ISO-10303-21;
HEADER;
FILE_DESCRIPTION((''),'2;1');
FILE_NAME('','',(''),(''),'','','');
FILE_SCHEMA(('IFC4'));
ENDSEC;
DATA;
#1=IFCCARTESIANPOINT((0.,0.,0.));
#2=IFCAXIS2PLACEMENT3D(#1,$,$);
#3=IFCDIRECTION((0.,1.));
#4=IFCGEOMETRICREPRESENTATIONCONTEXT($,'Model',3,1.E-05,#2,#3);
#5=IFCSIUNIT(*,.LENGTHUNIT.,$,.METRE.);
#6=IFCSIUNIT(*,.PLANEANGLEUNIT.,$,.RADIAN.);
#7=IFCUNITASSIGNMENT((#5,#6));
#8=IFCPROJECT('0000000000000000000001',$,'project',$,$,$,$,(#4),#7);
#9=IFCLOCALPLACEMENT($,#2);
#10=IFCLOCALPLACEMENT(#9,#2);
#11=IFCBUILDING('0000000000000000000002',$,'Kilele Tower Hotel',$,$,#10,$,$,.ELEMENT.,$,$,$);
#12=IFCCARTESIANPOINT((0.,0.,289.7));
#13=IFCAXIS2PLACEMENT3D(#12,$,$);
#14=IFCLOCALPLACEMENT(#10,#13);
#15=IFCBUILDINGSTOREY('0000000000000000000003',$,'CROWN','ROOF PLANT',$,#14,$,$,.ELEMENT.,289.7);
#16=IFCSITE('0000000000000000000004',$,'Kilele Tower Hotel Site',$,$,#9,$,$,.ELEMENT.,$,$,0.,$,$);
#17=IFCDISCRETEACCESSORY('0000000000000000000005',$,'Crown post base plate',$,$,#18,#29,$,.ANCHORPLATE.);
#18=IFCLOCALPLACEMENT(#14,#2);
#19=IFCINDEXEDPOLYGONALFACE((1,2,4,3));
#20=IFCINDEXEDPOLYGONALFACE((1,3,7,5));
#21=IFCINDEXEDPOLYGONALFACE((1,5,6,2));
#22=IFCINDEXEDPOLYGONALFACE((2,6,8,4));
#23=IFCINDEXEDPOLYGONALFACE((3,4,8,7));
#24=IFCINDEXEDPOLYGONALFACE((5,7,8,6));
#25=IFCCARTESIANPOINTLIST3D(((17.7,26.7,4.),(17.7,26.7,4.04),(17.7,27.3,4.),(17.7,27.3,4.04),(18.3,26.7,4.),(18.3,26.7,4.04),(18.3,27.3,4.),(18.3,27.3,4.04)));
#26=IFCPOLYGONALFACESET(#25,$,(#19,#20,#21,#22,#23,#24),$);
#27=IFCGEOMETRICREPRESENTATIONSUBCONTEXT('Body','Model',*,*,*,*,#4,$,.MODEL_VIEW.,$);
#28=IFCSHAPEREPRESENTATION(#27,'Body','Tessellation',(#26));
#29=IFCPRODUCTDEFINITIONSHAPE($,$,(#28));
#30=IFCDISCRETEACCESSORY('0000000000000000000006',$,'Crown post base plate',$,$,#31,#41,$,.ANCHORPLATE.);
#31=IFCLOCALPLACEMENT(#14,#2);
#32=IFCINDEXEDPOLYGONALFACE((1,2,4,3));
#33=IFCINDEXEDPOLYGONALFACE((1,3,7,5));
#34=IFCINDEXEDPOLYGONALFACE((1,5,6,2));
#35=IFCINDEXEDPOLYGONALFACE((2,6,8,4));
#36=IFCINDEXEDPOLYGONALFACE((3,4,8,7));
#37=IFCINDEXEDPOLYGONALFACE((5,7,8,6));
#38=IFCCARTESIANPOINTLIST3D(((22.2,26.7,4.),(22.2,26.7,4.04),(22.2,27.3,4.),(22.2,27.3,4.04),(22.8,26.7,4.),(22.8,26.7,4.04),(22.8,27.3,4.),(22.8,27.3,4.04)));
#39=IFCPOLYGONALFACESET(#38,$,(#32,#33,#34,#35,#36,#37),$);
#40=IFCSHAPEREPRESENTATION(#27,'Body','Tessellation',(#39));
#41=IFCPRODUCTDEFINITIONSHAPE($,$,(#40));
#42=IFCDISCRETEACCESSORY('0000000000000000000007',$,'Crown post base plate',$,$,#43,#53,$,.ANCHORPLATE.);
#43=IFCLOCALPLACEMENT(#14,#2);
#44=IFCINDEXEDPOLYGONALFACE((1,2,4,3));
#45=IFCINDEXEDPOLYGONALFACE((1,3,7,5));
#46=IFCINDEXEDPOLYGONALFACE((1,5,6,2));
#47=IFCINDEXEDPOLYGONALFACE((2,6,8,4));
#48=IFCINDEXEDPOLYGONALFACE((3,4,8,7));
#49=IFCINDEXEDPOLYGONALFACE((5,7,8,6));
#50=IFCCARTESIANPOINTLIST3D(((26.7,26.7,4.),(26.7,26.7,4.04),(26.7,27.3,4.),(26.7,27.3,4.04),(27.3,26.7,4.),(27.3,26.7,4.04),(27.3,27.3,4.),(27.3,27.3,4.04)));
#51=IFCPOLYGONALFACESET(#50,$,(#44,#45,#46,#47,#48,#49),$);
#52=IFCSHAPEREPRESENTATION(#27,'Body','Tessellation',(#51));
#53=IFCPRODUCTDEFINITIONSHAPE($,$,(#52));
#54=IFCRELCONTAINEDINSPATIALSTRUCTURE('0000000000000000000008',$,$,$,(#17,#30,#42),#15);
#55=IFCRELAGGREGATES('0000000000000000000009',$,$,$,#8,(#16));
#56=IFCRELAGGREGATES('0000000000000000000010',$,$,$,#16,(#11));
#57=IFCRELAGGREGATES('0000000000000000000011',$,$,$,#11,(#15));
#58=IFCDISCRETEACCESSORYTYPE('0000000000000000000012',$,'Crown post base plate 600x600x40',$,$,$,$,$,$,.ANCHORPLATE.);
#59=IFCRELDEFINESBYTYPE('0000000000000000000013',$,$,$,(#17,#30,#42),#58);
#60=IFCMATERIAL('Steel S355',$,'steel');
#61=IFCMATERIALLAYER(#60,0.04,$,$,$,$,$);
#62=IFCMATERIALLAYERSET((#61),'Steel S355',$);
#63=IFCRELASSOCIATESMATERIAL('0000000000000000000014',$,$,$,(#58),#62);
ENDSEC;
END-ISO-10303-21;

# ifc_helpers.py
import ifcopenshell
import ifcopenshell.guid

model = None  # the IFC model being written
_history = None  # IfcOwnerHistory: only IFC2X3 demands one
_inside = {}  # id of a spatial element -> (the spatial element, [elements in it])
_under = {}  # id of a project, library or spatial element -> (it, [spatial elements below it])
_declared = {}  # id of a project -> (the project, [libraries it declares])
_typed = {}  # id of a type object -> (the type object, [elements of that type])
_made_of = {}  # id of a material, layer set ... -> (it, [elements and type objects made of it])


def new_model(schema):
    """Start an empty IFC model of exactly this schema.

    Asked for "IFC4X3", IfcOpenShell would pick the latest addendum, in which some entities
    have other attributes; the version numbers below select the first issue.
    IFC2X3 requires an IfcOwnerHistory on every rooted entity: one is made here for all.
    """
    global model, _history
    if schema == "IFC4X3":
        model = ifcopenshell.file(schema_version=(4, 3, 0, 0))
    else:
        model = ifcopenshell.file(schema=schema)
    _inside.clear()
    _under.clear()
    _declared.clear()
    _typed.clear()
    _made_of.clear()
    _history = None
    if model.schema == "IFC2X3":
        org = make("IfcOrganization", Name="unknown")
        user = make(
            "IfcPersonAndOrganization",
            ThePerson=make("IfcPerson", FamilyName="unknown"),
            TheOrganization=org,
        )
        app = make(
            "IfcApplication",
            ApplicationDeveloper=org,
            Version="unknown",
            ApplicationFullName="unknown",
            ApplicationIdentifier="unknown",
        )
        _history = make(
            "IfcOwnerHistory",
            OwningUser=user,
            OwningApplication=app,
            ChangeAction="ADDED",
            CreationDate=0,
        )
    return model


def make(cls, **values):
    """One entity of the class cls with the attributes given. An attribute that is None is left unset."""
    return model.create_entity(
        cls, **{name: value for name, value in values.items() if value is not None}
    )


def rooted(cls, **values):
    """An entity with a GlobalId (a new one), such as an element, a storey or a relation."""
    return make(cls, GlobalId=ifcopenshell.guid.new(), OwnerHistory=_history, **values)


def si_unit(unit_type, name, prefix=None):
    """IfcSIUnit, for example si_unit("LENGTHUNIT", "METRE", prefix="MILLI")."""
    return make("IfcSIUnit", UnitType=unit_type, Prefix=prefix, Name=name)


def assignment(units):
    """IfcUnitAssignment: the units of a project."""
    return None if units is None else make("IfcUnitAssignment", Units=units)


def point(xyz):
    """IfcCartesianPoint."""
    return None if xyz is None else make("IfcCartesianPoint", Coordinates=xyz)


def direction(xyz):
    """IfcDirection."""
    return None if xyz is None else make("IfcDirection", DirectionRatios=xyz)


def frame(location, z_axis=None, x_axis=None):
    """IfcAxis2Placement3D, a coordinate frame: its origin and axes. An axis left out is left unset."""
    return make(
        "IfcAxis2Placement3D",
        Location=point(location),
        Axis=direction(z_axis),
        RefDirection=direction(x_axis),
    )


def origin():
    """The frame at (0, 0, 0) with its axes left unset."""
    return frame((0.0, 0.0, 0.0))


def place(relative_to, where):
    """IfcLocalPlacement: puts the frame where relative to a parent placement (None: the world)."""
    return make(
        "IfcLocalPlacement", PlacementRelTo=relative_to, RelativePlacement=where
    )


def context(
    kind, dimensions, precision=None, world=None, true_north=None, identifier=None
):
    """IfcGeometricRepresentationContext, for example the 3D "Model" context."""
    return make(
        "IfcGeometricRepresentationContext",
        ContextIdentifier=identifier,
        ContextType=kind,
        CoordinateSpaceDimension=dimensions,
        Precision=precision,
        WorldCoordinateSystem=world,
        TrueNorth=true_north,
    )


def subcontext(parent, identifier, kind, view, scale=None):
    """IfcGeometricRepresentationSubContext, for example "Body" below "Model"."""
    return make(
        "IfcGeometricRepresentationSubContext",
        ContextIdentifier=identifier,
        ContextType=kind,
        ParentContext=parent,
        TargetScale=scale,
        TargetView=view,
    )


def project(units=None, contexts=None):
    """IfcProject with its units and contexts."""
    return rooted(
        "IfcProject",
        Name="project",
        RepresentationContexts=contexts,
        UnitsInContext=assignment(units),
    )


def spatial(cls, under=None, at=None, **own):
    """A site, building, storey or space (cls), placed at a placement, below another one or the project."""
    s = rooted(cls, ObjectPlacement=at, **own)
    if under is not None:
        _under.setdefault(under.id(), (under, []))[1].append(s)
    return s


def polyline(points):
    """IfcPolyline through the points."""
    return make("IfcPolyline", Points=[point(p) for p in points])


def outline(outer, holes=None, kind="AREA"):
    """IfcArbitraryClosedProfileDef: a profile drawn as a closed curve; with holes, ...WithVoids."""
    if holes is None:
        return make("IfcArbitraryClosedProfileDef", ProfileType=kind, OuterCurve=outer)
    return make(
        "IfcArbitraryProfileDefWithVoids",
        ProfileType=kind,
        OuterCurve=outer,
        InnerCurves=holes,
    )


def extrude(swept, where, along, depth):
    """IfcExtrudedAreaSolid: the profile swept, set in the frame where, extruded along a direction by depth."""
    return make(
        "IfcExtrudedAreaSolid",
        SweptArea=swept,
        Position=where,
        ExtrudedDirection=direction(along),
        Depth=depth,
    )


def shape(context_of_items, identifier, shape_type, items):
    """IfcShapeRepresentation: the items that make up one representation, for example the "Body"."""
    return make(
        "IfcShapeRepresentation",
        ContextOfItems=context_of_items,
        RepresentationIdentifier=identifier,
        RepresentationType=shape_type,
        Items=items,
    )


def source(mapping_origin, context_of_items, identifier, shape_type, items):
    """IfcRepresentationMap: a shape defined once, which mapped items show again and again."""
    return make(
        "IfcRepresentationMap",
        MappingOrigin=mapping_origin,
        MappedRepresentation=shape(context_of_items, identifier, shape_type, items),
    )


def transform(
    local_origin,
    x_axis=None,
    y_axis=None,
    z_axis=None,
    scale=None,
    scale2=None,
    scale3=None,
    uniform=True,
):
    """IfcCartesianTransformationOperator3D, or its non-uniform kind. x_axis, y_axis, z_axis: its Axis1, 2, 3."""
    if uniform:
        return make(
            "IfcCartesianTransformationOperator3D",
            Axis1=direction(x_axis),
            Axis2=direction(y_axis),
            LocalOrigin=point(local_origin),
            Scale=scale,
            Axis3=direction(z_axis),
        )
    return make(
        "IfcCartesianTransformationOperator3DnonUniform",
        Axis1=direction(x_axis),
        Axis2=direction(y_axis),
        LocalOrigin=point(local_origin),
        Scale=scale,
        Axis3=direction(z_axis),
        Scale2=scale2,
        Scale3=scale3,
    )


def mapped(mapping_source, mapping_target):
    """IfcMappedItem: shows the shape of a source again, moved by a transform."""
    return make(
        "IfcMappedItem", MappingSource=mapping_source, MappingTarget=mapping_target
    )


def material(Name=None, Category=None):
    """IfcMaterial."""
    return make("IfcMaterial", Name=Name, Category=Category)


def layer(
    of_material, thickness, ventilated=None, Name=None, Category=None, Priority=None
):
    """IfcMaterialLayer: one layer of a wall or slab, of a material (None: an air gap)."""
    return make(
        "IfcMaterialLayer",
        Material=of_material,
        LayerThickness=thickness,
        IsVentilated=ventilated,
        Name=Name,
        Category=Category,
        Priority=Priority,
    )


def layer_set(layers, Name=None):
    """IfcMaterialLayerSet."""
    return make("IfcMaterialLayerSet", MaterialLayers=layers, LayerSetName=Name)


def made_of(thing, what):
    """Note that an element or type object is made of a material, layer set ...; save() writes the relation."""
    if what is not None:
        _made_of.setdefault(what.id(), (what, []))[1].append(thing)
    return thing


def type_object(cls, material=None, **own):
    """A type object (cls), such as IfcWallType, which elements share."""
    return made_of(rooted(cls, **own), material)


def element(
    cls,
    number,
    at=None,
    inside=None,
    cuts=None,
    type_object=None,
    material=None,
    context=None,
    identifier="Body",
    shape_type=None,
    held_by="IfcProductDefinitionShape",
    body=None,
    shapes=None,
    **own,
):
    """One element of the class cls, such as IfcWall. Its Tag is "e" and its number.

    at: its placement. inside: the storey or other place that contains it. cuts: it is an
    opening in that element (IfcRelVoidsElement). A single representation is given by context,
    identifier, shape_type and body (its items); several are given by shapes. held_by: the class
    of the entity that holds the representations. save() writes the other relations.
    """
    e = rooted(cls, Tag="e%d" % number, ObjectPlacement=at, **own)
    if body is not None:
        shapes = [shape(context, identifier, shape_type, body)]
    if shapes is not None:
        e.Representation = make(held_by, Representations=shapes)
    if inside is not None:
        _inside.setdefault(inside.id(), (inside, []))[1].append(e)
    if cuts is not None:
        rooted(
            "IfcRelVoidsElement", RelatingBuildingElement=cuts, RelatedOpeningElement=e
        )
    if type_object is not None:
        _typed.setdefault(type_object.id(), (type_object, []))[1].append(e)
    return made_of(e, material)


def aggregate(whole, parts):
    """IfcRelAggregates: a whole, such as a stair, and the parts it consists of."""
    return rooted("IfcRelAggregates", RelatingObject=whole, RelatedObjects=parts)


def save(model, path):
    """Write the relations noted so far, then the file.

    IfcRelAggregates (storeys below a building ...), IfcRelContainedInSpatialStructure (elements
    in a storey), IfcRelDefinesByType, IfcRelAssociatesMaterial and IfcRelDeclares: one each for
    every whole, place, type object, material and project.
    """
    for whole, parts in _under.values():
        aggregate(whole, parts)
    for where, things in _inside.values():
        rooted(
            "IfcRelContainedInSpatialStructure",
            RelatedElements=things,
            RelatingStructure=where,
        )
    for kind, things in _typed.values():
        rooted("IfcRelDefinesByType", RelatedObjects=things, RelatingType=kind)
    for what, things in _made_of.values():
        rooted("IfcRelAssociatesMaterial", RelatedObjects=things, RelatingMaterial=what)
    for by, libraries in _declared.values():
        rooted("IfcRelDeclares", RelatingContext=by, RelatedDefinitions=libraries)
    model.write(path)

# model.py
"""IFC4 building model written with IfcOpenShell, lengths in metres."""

from ifc_helpers import new_model, si_unit, direction, frame, origin, place, context, subcontext, project, spatial, polyline, outline, extrude, source, transform, mapped, material, layer, layer_set, type_object, element, save


model = new_model("IFC4")

# Units and contexts
model_context = context("Model", 3, precision=1e-05, world=origin(), true_north=direction((0.0, 1.0)))
body_context = subcontext(model_context, "Body", "Model", "MODEL_VIEW")
ifc_project = project(units=[si_unit("LENGTHUNIT", "METRE"), si_unit("PLANEANGLEUNIT", "RADIAN")], contexts=[model_context])

# Site, building, storey
site_placement = place(None, origin())
site = spatial("IfcSite", under=ifc_project, at=site_placement, Name="Kilele Tower Hotel Site", CompositionType="ELEMENT", RefElevation=0.0)
building_placement = place(site_placement, origin())
building = spatial("IfcBuilding", under=site, at=building_placement, Name="Kilele Tower Hotel", CompositionType="ELEMENT")
storey_placement = place(building_placement, frame((0.0, 0.0, 289.7)))
storey = spatial("IfcBuildingStorey", under=building, at=storey_placement, Name="CROWN", Description="ROOF PLANT", CompositionType="ELEMENT", Elevation=289.7)

# Discrete accessories
ifc_material_1 = material(Name="Steel S355", Category="steel")
ifc_layer_1 = layer(ifc_material_1, 0.04)
ifc_layer_set_1 = layer_set([ifc_layer_1], Name="Steel S355")
discrete_accessory_type_1 = type_object("IfcDiscreteAccessoryType", Name="Crown post base plate 600x600x40", PredefinedType="ANCHORPLATE", material=ifc_layer_set_1)
shared_shape_1 = source(origin(), body_context, "Body", "SweptSolid", [
    extrude(outline(polyline([(0.0, 0.0), (0.6001, 0.0), (0.6001, 0.04), (0.0, 0.04), (0.0, 0.0)])), origin(), (0.0, 0.0, 1.0), 0.6001),
])
for number, where, z_axis, x_axis, name in (
    (1, (17.7, 27.3, 4.0), (0.0, -1.0, 0.0), (1.0, 0.0, 0.0), "Crown post base plate"),
    (2, (22.2, 27.3, 4.0), (0.0, -1.0, 0.0), (1.0, 0.0, 0.0), "Crown post base plate"),
    (3, (26.7, 27.3, 4.0), (0.0, -1.0, 0.0), (1.0, 0.0, 0.0), "Crown post base plate"),
):
    element("IfcDiscreteAccessory", number, at=place(storey_placement, frame(where, z_axis=z_axis, x_axis=x_axis)), inside=storey, type_object=discrete_accessory_type_1, Name=name, PredefinedType="ANCHORPLATE", context=body_context, shape_type="MappedRepresentation", body=[
        mapped(shared_shape_1, transform((0.0, 0.0, 0.0))),
    ])

save(model, "model.ifc")
